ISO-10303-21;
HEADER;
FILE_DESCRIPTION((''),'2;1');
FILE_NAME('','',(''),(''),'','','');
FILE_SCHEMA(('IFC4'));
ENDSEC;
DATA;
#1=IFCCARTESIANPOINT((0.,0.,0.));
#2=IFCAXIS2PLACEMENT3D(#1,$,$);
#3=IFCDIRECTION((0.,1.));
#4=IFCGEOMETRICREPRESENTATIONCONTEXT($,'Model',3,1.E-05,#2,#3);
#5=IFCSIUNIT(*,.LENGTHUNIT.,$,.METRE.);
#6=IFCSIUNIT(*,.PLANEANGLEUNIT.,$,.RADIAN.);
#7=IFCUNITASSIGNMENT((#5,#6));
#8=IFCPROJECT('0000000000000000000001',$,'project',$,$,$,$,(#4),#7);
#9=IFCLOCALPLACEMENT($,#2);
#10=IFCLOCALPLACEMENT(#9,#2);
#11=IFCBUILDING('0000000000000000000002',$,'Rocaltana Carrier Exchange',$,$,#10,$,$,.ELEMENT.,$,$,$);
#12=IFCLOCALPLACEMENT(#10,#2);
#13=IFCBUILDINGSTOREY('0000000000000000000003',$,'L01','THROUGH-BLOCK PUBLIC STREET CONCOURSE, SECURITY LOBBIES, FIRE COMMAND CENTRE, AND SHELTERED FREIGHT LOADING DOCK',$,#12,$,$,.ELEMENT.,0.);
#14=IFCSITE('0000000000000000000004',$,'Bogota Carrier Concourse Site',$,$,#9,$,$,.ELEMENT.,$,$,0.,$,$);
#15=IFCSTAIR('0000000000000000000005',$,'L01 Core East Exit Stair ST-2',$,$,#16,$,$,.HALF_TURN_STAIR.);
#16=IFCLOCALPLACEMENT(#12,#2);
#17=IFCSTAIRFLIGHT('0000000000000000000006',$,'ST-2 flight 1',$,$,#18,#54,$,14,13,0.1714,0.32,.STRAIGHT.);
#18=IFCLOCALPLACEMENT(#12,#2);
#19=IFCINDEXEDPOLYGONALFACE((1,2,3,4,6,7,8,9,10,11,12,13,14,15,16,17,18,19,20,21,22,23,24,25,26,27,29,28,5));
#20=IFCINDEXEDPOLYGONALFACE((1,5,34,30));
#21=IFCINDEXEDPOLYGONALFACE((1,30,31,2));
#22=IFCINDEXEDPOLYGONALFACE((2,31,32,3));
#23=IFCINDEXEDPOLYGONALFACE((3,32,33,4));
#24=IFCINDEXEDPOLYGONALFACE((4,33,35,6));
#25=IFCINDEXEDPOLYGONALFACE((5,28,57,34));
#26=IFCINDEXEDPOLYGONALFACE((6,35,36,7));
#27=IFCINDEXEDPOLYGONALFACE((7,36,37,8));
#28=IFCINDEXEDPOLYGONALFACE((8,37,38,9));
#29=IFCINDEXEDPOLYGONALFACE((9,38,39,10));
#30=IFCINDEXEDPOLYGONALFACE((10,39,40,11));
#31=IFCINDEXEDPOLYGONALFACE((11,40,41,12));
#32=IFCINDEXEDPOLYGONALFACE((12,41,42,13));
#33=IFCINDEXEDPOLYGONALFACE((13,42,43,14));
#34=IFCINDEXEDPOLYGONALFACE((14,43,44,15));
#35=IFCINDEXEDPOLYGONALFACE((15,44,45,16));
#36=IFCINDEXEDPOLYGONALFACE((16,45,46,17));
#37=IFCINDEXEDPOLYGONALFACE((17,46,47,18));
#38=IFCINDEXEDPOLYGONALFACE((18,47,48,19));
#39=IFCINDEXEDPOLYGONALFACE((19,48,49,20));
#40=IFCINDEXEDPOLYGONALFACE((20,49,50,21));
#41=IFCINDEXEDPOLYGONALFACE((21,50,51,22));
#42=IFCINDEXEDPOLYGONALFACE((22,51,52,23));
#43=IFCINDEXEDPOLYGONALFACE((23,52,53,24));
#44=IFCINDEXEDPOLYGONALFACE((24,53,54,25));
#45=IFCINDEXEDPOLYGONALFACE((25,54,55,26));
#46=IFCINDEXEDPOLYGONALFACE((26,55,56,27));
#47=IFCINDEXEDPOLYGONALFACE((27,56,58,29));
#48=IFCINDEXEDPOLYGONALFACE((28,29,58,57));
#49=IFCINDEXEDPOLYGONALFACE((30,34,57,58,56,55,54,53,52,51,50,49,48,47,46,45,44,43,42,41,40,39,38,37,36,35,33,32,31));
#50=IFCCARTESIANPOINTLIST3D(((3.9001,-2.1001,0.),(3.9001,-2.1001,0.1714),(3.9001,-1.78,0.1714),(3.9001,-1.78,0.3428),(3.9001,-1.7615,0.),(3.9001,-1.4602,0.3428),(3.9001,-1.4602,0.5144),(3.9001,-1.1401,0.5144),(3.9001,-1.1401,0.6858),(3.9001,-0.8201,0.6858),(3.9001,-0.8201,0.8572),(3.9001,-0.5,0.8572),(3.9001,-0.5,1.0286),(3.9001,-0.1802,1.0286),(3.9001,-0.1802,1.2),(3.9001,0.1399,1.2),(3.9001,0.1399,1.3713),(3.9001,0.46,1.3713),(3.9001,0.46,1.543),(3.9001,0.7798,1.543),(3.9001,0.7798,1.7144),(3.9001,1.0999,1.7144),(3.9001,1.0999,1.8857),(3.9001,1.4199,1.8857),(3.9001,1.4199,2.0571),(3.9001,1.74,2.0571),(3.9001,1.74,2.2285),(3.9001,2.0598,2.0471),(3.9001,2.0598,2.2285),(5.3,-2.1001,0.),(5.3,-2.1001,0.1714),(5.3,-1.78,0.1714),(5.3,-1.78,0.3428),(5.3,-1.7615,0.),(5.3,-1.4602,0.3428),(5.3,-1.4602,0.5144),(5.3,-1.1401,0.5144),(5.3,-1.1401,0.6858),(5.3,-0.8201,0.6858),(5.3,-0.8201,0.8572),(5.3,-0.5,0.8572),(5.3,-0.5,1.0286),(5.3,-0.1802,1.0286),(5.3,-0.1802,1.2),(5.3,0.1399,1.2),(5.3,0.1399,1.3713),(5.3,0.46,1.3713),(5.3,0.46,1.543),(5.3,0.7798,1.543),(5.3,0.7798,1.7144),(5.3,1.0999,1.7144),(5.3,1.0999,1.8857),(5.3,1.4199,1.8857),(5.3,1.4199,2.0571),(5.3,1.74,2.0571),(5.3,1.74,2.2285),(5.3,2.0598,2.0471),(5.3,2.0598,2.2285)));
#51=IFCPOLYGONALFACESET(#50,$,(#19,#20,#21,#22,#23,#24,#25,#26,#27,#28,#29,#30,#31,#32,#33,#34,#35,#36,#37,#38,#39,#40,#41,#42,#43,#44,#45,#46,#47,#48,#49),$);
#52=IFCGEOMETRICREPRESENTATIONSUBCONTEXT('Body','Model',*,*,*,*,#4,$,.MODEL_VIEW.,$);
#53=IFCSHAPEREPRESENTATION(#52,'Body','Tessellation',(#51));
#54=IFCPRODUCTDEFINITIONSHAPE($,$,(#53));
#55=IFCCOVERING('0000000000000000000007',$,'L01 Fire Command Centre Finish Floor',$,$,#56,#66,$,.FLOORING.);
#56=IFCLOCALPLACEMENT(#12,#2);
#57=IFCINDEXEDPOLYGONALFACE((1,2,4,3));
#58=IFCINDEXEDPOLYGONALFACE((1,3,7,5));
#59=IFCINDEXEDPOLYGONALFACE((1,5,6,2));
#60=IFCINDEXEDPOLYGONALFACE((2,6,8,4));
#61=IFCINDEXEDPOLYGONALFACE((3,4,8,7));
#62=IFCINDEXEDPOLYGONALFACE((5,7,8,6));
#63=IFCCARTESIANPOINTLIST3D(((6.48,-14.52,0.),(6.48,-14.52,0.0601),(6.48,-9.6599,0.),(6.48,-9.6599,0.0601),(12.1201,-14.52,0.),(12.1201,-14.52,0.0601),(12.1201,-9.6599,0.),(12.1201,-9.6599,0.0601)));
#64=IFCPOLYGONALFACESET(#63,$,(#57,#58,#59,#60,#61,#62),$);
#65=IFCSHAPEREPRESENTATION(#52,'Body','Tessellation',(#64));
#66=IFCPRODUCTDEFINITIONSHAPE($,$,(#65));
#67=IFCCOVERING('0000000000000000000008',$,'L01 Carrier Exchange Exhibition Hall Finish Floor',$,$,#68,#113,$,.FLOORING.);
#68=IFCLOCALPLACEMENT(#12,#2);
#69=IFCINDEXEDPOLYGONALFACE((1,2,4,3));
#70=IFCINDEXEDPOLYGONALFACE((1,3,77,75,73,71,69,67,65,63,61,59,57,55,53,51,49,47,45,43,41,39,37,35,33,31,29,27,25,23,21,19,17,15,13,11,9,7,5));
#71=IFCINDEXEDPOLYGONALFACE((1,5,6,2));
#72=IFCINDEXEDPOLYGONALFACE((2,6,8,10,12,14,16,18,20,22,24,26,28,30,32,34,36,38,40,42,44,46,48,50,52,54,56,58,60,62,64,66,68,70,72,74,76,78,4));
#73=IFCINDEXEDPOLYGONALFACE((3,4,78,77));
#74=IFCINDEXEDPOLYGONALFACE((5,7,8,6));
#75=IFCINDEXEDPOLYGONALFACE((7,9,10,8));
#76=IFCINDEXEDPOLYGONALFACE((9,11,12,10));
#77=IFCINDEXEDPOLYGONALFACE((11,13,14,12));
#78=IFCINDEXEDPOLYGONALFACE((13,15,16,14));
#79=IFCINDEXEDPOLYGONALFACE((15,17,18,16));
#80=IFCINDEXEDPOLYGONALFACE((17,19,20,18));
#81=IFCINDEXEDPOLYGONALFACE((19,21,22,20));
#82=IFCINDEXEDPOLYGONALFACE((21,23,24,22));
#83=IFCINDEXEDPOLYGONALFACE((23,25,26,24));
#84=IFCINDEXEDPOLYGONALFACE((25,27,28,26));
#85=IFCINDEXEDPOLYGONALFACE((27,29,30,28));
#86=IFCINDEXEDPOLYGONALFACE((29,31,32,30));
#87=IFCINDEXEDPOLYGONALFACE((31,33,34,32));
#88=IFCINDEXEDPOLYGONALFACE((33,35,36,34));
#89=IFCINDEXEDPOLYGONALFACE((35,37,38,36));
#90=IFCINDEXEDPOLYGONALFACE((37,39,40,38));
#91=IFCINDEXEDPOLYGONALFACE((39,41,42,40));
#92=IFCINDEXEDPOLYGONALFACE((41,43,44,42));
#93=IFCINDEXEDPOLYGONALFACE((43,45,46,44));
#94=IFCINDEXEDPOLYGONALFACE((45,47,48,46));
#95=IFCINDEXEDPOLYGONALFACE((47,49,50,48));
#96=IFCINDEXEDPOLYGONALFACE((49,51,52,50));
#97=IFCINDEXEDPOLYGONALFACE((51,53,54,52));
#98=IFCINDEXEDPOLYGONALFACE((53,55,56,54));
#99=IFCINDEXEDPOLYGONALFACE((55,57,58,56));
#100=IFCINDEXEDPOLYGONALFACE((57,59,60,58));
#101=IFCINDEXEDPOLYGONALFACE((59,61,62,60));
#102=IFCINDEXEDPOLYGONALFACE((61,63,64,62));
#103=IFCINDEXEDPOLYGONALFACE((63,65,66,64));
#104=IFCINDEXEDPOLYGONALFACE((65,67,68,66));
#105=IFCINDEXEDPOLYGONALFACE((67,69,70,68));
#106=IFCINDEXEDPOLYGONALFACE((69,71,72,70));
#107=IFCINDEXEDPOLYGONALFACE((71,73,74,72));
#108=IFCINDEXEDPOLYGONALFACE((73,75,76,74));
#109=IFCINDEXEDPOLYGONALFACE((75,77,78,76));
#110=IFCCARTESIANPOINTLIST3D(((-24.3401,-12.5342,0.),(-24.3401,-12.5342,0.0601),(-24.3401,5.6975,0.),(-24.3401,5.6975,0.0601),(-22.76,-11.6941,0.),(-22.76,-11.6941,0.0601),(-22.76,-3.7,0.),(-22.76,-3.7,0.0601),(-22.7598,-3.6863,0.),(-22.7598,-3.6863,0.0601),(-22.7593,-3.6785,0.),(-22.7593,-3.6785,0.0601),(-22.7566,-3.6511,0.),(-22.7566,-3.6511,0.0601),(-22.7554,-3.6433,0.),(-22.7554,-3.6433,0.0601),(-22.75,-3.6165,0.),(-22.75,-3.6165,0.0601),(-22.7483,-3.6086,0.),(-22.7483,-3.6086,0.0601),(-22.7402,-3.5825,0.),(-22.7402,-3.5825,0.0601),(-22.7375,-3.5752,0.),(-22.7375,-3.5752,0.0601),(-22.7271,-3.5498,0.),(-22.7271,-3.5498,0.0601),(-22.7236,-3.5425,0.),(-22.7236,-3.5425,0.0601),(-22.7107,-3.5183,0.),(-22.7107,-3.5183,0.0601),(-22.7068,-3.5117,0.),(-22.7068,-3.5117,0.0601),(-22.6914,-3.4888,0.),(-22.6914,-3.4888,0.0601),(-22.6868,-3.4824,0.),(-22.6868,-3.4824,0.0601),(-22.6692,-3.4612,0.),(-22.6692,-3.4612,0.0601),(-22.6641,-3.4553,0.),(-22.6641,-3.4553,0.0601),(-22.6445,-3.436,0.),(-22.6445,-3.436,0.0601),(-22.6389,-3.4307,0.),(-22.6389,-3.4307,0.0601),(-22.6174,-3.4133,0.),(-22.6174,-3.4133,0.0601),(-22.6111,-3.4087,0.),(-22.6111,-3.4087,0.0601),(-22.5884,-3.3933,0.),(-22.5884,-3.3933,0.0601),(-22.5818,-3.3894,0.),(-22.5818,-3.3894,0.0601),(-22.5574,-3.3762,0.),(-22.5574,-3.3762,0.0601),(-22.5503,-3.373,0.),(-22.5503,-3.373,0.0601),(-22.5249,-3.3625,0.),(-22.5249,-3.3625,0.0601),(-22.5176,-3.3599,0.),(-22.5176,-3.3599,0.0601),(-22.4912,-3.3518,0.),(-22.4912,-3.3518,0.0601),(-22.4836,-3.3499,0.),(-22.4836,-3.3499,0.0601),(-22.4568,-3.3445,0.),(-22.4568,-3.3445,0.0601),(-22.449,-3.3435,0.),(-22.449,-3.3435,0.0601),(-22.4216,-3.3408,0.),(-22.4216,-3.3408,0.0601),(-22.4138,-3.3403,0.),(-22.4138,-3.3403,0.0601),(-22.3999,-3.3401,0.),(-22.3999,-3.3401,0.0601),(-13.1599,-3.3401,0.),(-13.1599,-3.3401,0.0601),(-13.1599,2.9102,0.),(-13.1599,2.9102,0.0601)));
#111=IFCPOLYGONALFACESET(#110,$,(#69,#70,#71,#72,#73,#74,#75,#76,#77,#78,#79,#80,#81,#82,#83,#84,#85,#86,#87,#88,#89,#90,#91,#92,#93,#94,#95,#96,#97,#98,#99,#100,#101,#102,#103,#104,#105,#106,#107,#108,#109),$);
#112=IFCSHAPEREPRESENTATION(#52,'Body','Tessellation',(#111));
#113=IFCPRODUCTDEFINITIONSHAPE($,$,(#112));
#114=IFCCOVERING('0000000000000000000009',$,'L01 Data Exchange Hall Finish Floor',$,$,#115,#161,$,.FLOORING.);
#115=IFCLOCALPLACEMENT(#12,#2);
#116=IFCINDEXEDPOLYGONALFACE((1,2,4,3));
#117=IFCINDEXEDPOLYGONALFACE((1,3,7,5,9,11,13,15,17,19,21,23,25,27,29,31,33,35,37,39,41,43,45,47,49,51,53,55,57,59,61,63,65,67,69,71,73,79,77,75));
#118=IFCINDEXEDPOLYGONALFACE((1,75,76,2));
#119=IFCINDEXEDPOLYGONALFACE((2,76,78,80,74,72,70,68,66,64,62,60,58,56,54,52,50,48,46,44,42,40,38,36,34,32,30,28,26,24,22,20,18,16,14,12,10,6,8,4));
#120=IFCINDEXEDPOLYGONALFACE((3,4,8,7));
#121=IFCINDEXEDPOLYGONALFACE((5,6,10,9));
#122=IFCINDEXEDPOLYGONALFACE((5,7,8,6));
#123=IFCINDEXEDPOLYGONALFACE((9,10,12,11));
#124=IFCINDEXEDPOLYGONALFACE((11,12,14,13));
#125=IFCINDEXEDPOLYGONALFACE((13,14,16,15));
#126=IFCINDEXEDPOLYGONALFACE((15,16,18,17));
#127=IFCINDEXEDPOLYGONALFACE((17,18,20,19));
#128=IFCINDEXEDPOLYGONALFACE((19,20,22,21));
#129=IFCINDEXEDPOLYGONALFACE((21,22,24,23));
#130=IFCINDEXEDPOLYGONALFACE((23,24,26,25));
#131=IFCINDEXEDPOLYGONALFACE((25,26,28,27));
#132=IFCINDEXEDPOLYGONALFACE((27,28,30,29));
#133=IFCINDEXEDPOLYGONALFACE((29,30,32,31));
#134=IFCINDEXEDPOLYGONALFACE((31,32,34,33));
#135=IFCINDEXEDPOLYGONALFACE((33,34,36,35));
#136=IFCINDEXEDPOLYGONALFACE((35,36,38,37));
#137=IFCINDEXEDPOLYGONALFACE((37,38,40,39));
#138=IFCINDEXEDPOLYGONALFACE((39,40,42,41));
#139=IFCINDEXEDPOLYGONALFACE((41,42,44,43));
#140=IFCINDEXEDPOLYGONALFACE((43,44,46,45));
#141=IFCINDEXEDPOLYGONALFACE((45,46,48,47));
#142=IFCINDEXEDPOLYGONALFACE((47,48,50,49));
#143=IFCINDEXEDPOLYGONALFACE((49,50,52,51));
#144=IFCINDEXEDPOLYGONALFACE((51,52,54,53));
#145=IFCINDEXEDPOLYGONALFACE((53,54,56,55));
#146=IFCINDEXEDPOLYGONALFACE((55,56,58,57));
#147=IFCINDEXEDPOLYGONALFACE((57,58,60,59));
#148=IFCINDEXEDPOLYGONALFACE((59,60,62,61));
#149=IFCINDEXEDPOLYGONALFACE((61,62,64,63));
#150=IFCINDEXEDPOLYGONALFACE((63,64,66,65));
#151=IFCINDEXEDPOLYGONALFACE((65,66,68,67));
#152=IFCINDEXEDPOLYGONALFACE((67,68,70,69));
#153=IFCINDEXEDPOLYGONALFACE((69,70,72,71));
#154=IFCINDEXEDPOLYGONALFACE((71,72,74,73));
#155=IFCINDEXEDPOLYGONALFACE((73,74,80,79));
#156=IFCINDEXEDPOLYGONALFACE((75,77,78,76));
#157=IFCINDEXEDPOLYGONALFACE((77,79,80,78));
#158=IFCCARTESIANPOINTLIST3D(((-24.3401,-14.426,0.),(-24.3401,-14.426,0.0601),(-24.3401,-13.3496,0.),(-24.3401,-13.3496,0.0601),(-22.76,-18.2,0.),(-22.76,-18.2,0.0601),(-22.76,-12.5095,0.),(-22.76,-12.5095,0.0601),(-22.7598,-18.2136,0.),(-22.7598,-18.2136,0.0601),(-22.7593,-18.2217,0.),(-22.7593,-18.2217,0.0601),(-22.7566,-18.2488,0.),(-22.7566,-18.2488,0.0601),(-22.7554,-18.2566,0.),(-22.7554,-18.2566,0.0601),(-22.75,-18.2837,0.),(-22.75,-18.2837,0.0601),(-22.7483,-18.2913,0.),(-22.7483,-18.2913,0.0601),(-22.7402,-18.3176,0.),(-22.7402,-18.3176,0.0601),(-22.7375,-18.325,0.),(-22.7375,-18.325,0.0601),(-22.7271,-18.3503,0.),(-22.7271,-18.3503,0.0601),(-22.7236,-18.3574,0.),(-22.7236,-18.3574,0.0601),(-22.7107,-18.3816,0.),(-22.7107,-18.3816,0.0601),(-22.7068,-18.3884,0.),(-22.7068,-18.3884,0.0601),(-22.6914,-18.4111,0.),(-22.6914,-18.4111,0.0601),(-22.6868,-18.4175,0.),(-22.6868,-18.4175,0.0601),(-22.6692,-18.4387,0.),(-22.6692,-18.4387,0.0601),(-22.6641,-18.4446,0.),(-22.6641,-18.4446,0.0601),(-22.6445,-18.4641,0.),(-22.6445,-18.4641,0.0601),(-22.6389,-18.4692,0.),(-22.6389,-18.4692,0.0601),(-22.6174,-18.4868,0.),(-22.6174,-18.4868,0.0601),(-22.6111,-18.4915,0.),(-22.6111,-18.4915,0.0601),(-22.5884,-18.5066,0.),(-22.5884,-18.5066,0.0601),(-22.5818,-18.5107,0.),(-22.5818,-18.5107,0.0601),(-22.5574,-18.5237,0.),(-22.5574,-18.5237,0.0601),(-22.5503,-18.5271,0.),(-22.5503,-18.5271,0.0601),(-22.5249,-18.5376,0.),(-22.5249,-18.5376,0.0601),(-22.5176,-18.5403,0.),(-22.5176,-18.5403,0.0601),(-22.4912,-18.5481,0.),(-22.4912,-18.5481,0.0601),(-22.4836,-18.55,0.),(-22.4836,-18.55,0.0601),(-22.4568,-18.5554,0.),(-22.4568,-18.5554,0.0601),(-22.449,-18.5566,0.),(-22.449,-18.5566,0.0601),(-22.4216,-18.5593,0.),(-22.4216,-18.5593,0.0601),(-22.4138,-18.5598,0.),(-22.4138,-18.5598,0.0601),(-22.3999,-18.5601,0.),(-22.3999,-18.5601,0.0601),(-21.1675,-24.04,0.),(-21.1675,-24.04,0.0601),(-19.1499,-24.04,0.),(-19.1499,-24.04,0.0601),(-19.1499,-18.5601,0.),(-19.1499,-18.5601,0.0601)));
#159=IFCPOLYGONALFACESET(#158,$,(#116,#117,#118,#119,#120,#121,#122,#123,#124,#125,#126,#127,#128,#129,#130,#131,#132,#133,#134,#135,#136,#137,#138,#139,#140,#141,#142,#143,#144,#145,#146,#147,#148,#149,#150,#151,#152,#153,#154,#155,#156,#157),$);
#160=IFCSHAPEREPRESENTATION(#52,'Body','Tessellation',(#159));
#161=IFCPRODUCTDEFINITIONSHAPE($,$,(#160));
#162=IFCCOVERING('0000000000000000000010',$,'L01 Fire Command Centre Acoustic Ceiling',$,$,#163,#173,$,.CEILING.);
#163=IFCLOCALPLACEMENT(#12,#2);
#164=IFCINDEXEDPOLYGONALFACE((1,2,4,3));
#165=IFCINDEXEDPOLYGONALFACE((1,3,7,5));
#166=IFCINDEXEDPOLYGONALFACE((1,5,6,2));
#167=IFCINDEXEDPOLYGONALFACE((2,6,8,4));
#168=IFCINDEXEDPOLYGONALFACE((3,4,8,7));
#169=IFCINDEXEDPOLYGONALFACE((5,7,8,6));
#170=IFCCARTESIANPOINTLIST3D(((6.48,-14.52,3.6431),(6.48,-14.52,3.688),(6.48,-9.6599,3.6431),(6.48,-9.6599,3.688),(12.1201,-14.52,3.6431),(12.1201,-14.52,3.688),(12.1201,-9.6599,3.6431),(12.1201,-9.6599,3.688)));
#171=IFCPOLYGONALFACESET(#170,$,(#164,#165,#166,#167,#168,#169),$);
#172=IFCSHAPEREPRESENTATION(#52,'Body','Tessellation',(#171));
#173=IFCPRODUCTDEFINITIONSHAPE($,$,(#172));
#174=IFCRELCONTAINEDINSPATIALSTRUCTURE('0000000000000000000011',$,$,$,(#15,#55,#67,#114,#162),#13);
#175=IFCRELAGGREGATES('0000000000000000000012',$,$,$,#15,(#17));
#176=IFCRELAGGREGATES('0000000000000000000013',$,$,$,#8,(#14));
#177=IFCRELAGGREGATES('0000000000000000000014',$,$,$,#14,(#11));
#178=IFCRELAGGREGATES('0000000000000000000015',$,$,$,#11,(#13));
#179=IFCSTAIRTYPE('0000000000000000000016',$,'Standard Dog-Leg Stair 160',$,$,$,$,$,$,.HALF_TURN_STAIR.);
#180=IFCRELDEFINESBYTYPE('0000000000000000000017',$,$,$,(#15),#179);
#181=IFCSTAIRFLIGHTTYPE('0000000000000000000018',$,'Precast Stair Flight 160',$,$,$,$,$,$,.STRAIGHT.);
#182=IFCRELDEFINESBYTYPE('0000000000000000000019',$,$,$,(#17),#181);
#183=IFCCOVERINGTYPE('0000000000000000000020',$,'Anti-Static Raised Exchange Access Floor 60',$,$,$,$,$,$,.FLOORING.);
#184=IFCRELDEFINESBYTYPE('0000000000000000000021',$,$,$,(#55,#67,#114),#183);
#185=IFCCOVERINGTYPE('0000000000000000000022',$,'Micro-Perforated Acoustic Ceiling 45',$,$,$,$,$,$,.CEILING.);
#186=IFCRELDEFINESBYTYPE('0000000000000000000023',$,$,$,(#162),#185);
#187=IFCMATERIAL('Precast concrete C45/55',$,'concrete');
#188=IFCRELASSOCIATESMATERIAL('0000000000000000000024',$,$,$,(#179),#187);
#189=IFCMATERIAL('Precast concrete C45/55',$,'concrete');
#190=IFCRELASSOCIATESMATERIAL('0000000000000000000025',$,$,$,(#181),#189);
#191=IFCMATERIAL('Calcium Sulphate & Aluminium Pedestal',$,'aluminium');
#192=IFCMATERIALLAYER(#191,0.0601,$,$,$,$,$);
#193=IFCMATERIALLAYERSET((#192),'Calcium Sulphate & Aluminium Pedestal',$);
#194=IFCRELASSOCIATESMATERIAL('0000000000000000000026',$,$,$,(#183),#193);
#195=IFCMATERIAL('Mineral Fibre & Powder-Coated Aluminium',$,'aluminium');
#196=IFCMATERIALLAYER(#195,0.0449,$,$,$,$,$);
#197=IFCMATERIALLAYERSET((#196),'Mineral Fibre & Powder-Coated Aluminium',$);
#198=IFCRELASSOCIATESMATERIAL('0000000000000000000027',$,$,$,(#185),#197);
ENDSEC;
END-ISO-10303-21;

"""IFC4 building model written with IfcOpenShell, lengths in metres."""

from ifc_helpers import new_model, si_unit, direction, frame, origin, place, context, subcontext, project, spatial, polyline, outline, extrude, material, layer, layer_set, type_object, element, aggregate, save


model = new_model("IFC4")

# Units and contexts
model_context = context("Model", 3, precision=1e-05, world=origin(), true_north=direction((0.0, 1.0)))
body_context = subcontext(model_context, "Body", "Model", "MODEL_VIEW")
ifc_project = project(units=[si_unit("LENGTHUNIT", "METRE"), si_unit("PLANEANGLEUNIT", "RADIAN")], contexts=[model_context])

# Site, building, storey
site_placement = place(None, origin())
site = spatial("IfcSite", under=ifc_project, at=site_placement, Name="Bogota Carrier Concourse Site", CompositionType="ELEMENT", RefElevation=0.0)
building_placement = place(site_placement, origin())
building = spatial("IfcBuilding", under=site, at=building_placement, Name="Rocaltana Carrier Exchange", CompositionType="ELEMENT")
storey_placement = place(building_placement, origin())
storey = spatial("IfcBuildingStorey", under=building, at=storey_placement, Name="L01", Description="THROUGH-BLOCK PUBLIC STREET CONCOURSE, SECURITY LOBBIES, FIRE COMMAND CENTRE, AND SHELTERED FREIGHT LOADING DOCK", CompositionType="ELEMENT", Elevation=0.0)

# Stair
ifc_material_1 = material(Name="Precast concrete C45/55", Category="concrete")
stair_type = type_object("IfcStairType", Name="Standard Dog-Leg Stair 160", PredefinedType="HALF_TURN_STAIR", material=ifc_material_1)
stair_1_placement = place(storey_placement, origin())
stair_1 = element("IfcStair", 1, at=stair_1_placement, inside=storey, type_object=stair_type, Name="L01 Core East Exit Stair ST-2", PredefinedType="HALF_TURN_STAIR")

# Stair flight
ifc_material_2 = material(Name="Precast concrete C45/55", Category="concrete")
stair_flight_type = type_object("IfcStairFlightType", Name="Precast Stair Flight 160", PredefinedType="STRAIGHT", material=ifc_material_2)
stair_flight_placement = place(storey_placement, frame((4.6001, -2.1001, 0.0), z_axis=(0.0, 0.0, 1.0), x_axis=(0.0, 1.0, 0.0)))
stair_flight = element("IfcStairFlight", 2, at=stair_flight_placement, type_object=stair_flight_type, Name="ST-2 flight 1", NumberOfRisers=14, NumberOfTreads=13, PredefinedType="STRAIGHT", RiserHeight=0.1714, TreadLength=0.32, context=body_context, shape_type="SweptSolid", body=[
    extrude(outline(polyline([(0.0, 0.0), (0.0, 0.1714), (0.3201, 0.1714), (0.3201, 0.3428), (0.6399, 0.3428), (0.6399, 0.5144), (0.96, 0.5144), (0.96, 0.6858), (1.28, 0.6858), (1.28, 0.8572), (1.6001, 0.8572), (1.6001, 1.0286), (1.9199, 1.0286), (1.9199, 1.2), (2.24, 1.2), (2.24, 1.3713), (2.5601, 1.3713), (2.5601, 1.543), (2.8799, 1.543), (2.8799, 1.7144), (3.2, 1.7144), (3.2, 1.8857), (3.52, 1.8857), (3.52, 2.0571), (3.8401, 2.0571), (3.8401, 2.2285), (4.1599, 2.2285), (4.1599, 2.3999), (4.1599, 2.0471), (0.3386, 0.0), (0.0, 0.0)])), frame((0.0, 0.7, 0.0), z_axis=(0.0, -1.0, 0.0), x_axis=(1.0, 0.0, 0.0)), (0.0, 0.0, 1.0), 1.3999),
])
aggregate(stair_1, [stair_flight])

# Coverings
ifc_material_3 = material(Name="Calcium Sulphate & Aluminium Pedestal", Category="aluminium")
ifc_layer_1 = layer(ifc_material_3, 0.0601)
ifc_layer_set_1 = layer_set([ifc_layer_1], Name="Calcium Sulphate & Aluminium Pedestal")
covering_type_1 = type_object("IfcCoveringType", Name="Anti-Static Raised Exchange Access Floor 60", PredefinedType="FLOORING", material=ifc_layer_set_1)
covering_1_placement = place(storey_placement, origin())
element("IfcCovering", 3, at=covering_1_placement, inside=storey, type_object=covering_type_1, Name="L01 Fire Command Centre Finish Floor", PredefinedType="FLOORING", context=body_context, shape_type="SweptSolid", body=[
    extrude(outline(polyline([(12.1201, -14.52), (6.48, -14.52), (6.48, -9.6599), (12.1201, -9.6599), (12.1201, -14.52)])), origin(), (0.0, 0.0, 1.0), 0.0601),
])
covering_2_placement = place(storey_placement, origin())
element("IfcCovering", 4, at=covering_2_placement, inside=storey, type_object=covering_type_1, Name="L01 Carrier Exchange Exhibition Hall Finish Floor", PredefinedType="FLOORING", context=body_context, shape_type="SweptSolid", body=[
    extrude(outline(polyline([(-13.1599, -3.3401), (-22.3999, -3.3401), (-22.4138, -3.3403), (-22.4216, -3.3408), (-22.449, -3.3435), (-22.4568, -3.3445), (-22.4836, -3.3499), (-22.4912, -3.3518), (-22.5176, -3.3599), (-22.5249, -3.3625), (-22.5503, -3.373), (-22.5574, -3.3762), (-22.5818, -3.3894), (-22.5884, -3.3933), (-22.6111, -3.4087), (-22.6174, -3.4133), (-22.6389, -3.4307), (-22.6445, -3.436), (-22.6641, -3.4553), (-22.6692, -3.4612), (-22.6868, -3.4824), (-22.6914, -3.4888), (-22.7068, -3.5117), (-22.7107, -3.5183), (-22.7236, -3.5425), (-22.7271, -3.5498), (-22.7375, -3.5752), (-22.7402, -3.5825), (-22.7483, -3.6086), (-22.75, -3.6165), (-22.7554, -3.6433), (-22.7566, -3.6511), (-22.7593, -3.6785), (-22.7598, -3.6863), (-22.76, -3.7), (-22.76, -11.6941), (-24.3401, -12.5342), (-24.3401, 5.6975), (-13.1599, 2.9102), (-13.1599, -3.3401)])), origin(), (0.0, 0.0, 1.0), 0.0601),
])
covering_3_placement = place(storey_placement, origin())
element("IfcCovering", 5, at=covering_3_placement, inside=storey, type_object=covering_type_1, Name="L01 Data Exchange Hall Finish Floor", PredefinedType="FLOORING", context=body_context, shape_type="SweptSolid", body=[
    extrude(outline(polyline([(-22.76, -18.2), (-22.7598, -18.2136), (-22.7593, -18.2217), (-22.7566, -18.2488), (-22.7554, -18.2566), (-22.75, -18.2837), (-22.7483, -18.2913), (-22.7402, -18.3176), (-22.7375, -18.325), (-22.7271, -18.3503), (-22.7236, -18.3574), (-22.7107, -18.3816), (-22.7068, -18.3884), (-22.6914, -18.4111), (-22.6868, -18.4175), (-22.6692, -18.4387), (-22.6641, -18.4446), (-22.6445, -18.4641), (-22.6389, -18.4692), (-22.6174, -18.4868), (-22.6111, -18.4915), (-22.5884, -18.5066), (-22.5818, -18.5107), (-22.5574, -18.5237), (-22.5503, -18.5271), (-22.5249, -18.5376), (-22.5176, -18.5403), (-22.4912, -18.5481), (-22.4836, -18.55), (-22.4568, -18.5554), (-22.449, -18.5566), (-22.4216, -18.5593), (-22.4138, -18.5598), (-22.3999, -18.5601), (-19.1499, -18.5601), (-19.1499, -24.04), (-21.1675, -24.04), (-24.3401, -14.426), (-24.3401, -13.3496), (-22.76, -12.5095), (-22.76, -18.2)])), origin(), (0.0, 0.0, 1.0), 0.0601),
])
ifc_material_4 = material(Name="Mineral Fibre & Powder-Coated Aluminium", Category="aluminium")
ifc_layer_2 = layer(ifc_material_4, 0.0449)
ifc_layer_set_2 = layer_set([ifc_layer_2], Name="Mineral Fibre & Powder-Coated Aluminium")
covering_type_2 = type_object("IfcCoveringType", Name="Micro-Perforated Acoustic Ceiling 45", PredefinedType="CEILING", material=ifc_layer_set_2)
covering_4_placement = place(storey_placement, frame((0.0, 0.0, 3.6431)))
element("IfcCovering", 6, at=covering_4_placement, inside=storey, type_object=covering_type_2, Name="L01 Fire Command Centre Acoustic Ceiling", PredefinedType="CEILING", context=body_context, shape_type="SweptSolid", body=[
    extrude(outline(polyline([(12.1201, -14.52), (6.48, -14.52), (6.48, -9.6599), (12.1201, -9.6599), (12.1201, -14.52)])), origin(), (0.0, 0.0, 1.0), 0.0449),
])

save(model, "model.ifc")
